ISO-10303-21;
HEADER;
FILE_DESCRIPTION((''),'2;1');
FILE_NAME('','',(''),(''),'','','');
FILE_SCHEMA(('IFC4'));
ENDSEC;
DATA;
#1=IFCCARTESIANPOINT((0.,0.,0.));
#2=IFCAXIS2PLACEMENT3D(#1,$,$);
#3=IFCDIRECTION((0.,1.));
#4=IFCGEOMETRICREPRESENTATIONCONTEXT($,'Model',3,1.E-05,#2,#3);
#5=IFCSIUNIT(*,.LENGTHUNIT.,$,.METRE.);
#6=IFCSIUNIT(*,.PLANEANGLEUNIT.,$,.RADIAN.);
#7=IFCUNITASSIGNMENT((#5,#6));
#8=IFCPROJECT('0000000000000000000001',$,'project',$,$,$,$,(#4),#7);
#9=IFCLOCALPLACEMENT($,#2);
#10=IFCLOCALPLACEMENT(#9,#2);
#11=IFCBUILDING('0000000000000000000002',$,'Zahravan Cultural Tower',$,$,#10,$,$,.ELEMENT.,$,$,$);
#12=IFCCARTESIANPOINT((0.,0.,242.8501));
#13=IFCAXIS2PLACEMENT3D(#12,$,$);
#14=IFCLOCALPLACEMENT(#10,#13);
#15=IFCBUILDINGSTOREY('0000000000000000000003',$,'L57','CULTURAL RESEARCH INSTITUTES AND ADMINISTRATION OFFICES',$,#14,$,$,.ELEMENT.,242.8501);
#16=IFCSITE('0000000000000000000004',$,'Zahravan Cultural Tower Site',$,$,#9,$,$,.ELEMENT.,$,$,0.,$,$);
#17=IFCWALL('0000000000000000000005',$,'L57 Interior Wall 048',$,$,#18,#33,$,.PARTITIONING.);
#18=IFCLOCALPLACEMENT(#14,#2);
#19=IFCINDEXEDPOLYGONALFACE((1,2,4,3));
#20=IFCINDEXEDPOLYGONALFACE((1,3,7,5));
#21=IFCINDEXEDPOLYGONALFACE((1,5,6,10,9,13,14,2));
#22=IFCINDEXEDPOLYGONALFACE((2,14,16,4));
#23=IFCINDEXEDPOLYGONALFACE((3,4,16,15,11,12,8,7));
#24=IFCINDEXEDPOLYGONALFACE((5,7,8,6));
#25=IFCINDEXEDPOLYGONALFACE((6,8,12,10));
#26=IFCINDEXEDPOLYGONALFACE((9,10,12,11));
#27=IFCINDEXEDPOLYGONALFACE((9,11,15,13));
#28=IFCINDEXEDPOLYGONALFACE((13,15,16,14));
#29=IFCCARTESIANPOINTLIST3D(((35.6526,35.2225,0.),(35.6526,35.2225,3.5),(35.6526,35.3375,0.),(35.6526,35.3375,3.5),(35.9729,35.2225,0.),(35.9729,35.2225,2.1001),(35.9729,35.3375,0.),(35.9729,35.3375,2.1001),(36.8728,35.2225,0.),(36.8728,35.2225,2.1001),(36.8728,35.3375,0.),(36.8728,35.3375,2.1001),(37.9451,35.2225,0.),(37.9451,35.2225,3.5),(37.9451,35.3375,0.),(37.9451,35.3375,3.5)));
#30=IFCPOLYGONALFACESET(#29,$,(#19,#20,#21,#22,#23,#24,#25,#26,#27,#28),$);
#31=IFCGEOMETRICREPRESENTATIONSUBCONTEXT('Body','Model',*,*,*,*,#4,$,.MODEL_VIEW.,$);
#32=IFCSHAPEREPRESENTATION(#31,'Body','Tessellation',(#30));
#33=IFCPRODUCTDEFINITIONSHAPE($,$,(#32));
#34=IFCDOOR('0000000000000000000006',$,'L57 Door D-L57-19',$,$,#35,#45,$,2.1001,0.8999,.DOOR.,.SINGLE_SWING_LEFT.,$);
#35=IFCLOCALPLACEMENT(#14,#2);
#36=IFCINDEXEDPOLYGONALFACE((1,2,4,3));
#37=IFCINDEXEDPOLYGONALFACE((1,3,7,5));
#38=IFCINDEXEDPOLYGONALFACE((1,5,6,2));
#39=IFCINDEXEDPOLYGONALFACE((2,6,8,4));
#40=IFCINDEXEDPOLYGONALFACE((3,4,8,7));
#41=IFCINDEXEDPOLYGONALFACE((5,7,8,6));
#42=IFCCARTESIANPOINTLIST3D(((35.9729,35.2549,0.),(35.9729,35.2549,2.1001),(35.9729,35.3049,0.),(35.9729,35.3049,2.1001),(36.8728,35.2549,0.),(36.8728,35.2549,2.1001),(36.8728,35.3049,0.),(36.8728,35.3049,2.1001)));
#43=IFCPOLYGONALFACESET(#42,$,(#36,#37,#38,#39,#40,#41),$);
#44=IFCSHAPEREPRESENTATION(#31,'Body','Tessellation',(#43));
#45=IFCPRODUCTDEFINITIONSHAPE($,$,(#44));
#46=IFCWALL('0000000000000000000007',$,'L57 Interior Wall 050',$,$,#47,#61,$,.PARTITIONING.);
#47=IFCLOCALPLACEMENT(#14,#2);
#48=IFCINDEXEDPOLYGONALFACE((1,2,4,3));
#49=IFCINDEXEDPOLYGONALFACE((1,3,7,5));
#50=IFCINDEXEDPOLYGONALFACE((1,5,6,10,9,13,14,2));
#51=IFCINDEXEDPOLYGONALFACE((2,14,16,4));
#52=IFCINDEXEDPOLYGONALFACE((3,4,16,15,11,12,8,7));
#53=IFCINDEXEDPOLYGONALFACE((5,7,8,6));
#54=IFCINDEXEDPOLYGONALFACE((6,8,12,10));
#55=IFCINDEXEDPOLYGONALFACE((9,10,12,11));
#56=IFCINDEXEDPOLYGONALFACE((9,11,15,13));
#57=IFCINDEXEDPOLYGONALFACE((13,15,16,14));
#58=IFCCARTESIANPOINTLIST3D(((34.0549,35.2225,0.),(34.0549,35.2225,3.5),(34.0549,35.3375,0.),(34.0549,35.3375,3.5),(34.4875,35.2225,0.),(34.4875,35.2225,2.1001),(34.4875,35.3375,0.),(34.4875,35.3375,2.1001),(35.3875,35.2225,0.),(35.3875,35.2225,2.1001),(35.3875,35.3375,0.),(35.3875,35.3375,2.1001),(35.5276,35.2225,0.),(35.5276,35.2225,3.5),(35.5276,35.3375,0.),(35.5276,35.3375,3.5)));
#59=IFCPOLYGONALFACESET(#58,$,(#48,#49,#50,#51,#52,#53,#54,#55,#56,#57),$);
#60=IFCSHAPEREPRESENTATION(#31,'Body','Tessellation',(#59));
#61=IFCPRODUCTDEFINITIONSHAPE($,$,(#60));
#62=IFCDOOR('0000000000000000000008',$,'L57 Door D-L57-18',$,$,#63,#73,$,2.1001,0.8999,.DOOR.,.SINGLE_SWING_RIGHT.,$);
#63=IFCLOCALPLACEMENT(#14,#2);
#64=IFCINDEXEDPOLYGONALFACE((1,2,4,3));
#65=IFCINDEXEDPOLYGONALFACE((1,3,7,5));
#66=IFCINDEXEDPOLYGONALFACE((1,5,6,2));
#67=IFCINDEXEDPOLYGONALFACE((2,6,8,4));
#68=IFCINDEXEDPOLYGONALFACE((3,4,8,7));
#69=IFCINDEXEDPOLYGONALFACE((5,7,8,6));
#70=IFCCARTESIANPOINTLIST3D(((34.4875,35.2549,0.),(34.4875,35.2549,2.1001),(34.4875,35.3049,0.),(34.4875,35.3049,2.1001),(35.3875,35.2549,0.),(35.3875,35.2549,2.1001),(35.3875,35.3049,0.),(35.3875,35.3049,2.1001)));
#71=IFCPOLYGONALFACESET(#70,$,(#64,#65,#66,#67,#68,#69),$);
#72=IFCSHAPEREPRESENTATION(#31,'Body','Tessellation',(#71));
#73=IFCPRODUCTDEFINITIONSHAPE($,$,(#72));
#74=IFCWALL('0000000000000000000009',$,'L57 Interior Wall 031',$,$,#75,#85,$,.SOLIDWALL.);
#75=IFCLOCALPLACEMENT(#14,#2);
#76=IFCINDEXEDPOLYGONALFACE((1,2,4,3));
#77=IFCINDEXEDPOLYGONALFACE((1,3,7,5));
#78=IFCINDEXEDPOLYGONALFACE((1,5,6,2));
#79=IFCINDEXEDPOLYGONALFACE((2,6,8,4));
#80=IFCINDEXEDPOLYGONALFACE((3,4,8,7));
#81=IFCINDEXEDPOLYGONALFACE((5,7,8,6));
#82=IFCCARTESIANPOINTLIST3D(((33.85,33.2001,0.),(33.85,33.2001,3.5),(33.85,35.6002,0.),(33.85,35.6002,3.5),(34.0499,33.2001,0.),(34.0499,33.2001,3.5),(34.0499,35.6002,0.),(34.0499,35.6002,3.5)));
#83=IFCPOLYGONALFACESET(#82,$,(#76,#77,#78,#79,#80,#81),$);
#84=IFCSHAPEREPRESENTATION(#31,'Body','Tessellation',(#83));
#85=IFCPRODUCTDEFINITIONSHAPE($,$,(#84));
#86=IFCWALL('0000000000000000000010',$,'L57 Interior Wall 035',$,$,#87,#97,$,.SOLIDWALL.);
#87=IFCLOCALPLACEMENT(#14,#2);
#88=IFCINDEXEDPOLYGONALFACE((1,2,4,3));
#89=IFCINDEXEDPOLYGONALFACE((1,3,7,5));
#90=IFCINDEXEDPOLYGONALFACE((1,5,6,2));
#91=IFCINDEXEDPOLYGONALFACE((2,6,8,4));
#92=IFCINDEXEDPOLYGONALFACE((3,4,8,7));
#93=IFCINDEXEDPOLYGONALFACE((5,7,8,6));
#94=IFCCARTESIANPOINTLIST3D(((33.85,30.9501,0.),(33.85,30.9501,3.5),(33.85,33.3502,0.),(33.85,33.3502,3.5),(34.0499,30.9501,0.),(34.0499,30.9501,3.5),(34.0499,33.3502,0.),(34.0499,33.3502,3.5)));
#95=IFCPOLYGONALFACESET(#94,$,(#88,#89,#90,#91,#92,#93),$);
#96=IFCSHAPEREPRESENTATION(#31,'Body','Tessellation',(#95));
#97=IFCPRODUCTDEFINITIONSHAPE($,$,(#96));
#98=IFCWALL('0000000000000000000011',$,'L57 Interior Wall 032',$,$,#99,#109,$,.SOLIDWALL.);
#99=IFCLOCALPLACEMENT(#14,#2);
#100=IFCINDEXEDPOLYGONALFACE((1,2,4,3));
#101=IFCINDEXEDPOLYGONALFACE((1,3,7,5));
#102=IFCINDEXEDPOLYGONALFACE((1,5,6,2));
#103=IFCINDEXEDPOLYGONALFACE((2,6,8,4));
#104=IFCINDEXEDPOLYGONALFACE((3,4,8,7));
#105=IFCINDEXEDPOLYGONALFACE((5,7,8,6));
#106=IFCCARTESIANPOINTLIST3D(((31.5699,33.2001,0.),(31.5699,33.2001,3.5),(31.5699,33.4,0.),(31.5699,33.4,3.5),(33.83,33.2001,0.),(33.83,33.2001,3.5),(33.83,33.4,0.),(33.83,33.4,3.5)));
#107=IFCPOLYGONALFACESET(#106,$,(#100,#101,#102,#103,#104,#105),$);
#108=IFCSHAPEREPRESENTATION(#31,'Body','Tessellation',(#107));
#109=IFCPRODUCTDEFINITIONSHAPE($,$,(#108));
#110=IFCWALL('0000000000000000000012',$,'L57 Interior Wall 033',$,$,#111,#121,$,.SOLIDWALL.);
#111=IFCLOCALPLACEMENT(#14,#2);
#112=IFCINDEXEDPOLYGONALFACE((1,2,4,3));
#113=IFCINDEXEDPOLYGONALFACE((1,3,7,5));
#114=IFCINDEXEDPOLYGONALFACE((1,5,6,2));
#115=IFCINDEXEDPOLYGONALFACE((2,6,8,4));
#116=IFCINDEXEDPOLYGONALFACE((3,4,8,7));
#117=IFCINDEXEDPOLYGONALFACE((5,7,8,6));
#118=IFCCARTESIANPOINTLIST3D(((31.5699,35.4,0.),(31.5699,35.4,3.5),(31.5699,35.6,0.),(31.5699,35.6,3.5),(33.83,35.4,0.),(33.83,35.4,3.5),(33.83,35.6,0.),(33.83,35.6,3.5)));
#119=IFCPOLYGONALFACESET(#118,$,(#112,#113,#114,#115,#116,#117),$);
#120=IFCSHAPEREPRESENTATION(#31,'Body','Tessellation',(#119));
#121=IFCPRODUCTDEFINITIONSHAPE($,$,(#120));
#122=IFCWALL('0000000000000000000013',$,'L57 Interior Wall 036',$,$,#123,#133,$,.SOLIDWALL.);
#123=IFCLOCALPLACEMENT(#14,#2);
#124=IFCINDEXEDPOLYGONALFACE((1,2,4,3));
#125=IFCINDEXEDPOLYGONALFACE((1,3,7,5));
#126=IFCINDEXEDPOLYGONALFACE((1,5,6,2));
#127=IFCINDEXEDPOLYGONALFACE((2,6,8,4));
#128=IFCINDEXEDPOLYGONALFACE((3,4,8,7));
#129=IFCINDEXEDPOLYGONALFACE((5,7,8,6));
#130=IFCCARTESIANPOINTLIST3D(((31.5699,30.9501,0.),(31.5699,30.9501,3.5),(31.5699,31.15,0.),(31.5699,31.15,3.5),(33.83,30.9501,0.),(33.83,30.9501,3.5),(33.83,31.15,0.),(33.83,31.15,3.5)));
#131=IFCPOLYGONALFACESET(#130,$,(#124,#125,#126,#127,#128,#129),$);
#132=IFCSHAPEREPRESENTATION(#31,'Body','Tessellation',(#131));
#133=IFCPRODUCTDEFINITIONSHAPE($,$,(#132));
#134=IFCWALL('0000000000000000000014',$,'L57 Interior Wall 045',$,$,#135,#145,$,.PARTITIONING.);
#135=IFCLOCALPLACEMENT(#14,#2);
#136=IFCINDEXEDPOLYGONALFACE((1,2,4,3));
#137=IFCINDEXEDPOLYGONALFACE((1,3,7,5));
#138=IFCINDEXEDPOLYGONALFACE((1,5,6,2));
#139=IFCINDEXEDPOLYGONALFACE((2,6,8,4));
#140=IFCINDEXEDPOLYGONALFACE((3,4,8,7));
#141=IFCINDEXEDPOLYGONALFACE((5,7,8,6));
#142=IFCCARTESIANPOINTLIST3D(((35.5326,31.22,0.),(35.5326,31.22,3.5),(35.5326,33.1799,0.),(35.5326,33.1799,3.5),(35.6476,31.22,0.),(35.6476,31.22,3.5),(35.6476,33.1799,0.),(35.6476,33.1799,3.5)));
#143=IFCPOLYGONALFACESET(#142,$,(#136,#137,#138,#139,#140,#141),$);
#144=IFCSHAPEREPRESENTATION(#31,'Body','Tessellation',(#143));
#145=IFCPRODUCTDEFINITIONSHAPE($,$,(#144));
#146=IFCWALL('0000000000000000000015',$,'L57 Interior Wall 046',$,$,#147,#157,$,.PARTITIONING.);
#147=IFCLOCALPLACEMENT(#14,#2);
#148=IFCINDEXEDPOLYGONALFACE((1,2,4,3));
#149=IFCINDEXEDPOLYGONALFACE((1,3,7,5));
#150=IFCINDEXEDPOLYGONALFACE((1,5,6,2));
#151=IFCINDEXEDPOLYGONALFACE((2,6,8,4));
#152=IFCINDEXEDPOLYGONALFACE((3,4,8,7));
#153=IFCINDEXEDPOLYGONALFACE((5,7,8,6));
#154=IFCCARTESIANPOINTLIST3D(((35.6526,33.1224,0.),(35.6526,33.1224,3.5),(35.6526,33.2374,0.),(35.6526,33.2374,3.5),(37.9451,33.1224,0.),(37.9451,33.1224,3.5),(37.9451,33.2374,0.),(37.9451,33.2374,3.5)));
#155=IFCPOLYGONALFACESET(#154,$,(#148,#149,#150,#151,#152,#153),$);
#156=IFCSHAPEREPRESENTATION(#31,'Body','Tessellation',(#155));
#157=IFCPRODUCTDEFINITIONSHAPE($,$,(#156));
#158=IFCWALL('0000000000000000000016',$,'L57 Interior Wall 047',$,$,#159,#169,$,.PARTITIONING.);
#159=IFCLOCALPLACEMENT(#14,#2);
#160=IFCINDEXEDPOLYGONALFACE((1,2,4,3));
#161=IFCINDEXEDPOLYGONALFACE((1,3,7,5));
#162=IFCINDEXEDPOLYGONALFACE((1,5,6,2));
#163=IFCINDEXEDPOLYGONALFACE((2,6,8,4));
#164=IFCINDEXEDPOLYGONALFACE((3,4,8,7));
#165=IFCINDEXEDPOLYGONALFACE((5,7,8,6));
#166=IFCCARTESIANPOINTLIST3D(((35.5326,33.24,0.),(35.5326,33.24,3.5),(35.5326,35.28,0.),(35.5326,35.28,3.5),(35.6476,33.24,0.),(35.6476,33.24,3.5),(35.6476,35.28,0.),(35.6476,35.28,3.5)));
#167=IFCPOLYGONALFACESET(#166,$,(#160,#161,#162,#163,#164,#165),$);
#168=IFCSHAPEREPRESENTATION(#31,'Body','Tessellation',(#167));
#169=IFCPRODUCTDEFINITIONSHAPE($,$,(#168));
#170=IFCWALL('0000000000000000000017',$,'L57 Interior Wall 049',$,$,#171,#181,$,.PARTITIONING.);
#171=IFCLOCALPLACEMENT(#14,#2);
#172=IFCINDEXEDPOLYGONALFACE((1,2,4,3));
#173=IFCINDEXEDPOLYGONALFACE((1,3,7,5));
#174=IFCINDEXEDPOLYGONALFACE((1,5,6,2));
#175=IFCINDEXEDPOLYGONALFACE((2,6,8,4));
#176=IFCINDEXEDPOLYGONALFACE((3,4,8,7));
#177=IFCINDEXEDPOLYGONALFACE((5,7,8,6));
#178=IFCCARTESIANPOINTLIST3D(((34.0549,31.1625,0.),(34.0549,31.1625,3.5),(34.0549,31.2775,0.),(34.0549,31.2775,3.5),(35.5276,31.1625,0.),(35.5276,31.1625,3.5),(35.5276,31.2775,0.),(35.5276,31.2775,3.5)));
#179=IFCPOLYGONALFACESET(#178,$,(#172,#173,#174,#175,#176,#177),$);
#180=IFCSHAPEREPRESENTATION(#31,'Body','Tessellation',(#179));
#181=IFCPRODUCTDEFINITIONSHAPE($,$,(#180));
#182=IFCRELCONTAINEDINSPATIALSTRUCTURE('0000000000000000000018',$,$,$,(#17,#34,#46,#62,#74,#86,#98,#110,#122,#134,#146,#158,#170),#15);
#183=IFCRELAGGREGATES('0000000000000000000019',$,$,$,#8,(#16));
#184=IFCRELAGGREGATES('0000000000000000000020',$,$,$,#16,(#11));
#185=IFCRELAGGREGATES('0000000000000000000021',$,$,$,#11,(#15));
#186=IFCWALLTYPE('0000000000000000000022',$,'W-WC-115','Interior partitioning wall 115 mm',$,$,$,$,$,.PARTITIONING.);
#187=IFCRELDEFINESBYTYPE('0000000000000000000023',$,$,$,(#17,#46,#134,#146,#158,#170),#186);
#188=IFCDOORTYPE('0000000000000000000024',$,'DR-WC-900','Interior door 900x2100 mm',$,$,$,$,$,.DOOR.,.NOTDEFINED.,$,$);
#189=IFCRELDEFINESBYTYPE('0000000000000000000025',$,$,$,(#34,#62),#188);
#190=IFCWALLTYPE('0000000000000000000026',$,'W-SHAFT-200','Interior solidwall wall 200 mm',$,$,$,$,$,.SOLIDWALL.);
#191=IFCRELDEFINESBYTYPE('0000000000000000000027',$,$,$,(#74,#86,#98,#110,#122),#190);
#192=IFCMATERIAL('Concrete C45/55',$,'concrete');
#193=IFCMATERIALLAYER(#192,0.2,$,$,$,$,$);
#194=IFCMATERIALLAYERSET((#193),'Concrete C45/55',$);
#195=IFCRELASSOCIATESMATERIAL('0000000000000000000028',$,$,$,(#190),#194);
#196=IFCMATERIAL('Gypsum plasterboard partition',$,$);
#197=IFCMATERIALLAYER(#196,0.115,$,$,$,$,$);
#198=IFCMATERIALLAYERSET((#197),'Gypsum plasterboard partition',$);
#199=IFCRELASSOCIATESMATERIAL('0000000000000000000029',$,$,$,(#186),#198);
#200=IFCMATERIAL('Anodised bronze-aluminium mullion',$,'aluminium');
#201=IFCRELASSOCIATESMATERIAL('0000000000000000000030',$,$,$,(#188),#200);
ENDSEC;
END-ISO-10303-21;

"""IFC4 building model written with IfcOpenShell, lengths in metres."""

from ifc_helpers import new_model, si_unit, direction, frame, frame_2d, origin, place, context, subcontext, project, spatial, rectangle, extrude, source, transform, mapped, material, layer, layer_set, type_object, element, fill, save


model = new_model("IFC4")

# Units and contexts
model_context = context("Model", 3, precision=1e-05, world=origin(), true_north=direction((0.0, 1.0)))
body_context = subcontext(model_context, "Body", "Model", "MODEL_VIEW")
ifc_project = project(units=[si_unit("LENGTHUNIT", "METRE"), si_unit("PLANEANGLEUNIT", "RADIAN")], contexts=[model_context])

# Site, building, storey
site_placement = place(None, origin())
site = spatial("IfcSite", under=ifc_project, at=site_placement, Name="Zahravan Cultural Tower Site", CompositionType="ELEMENT", RefElevation=0.0)
building_placement = place(site_placement, origin())
building = spatial("IfcBuilding", under=site, at=building_placement, Name="Zahravan Cultural Tower", CompositionType="ELEMENT")
storey_placement = place(building_placement, frame((0.0, 0.0, 242.8501)))
storey = spatial("IfcBuildingStorey", under=building, at=storey_placement, Name="L57", Description="CULTURAL RESEARCH INSTITUTES AND ADMINISTRATION OFFICES", CompositionType="ELEMENT", Elevation=242.8501)

# Walls, openings, doors
ifc_material_1 = material(Name="Gypsum plasterboard partition")
ifc_material_2 = material(Name="Anodised bronze-aluminium mullion", Category="aluminium")
ifc_material_3 = material(Name="Concrete C45/55", Category="concrete")
ifc_layer_1 = layer(ifc_material_3, 0.2)
ifc_layer_set_1 = layer_set([ifc_layer_1], Name="Concrete C45/55")
wall_type_1 = type_object("IfcWallType", Name="W-SHAFT-200", Description="Interior solidwall wall 200 mm", PredefinedType="SOLIDWALL", material=ifc_layer_set_1)
ifc_layer_2 = layer(ifc_material_1, 0.115)
ifc_layer_set_2 = layer_set([ifc_layer_2], Name="Gypsum plasterboard partition")
wall_type_2 = type_object("IfcWallType", Name="W-WC-115", Description="Interior partitioning wall 115 mm", PredefinedType="PARTITIONING", material=ifc_layer_set_2)
wall_1_placement = place(storey_placement, frame((35.6526, 35.28, 0.0), z_axis=(0.0, 0.0, 1.0), x_axis=(1.0, 0.0, 0.0)))
wall_1 = element("IfcWall", 1, at=wall_1_placement, inside=storey, type_object=wall_type_2, Name="L57 Interior Wall 048", PredefinedType="PARTITIONING", context=body_context, shape_type="SweptSolid", body=[
    extrude(rectangle(XDim=2.2925, YDim=0.115, at=frame_2d((1.1462, 0.0))), origin(), (0.0, 0.0, 1.0), 3.5),
])
opening_1_placement = place(wall_1_placement, frame((0.3203, 0.0, 0.0)))
opening_1 = element("IfcOpeningElement", 2, at=opening_1_placement, cuts=wall_1, PredefinedType="OPENING", context=body_context, shape_type="SweptSolid", body=[
    extrude(rectangle(XDim=0.8999, YDim=2.1001, at=frame_2d((0.45, 1.05))), frame((0.0, 0.0674, 0.0), z_axis=(0.0, -1.0, 0.0), x_axis=(1.0, 0.0, 0.0)), (0.0, 0.0, 1.0), 0.135),
])
door_type_1 = type_object("IfcDoorType", Name="DR-WC-900", Description="Interior door 900x2100 mm", OperationType="NOTDEFINED", PredefinedType="DOOR", material=ifc_material_2)
shared_shape_1 = source(origin(), body_context, "Body", "SweptSolid", [
    extrude(rectangle(XDim=0.8999, YDim=2.1001, at=frame_2d((0.45, 1.05))), frame((0.0, 0.0249, 0.0), z_axis=(0.0, -1.0, 0.0), x_axis=(1.0, 0.0, 0.0)), (0.0, 0.0, 1.0), 0.05),
])
door_1_placement = place(opening_1_placement, origin())
door_1 = element("IfcDoor", 3, at=door_1_placement, inside=storey, type_object=door_type_1, Name="L57 Door D-L57-19", OperationType="SINGLE_SWING_LEFT", OverallHeight=2.1001, OverallWidth=0.8999, PredefinedType="DOOR", context=body_context, shape_type="MappedRepresentation", body=[
    mapped(shared_shape_1, transform((0.0, 0.0, 0.0), x_axis=(1.0, 0.0, 0.0), y_axis=(0.0, 1.0, 0.0), z_axis=(0.0, 0.0, 1.0), scale=1.0)),
])
fill(opening_1, door_1)
wall_2_placement = place(storey_placement, frame((34.0549, 35.28, 0.0), z_axis=(0.0, 0.0, 1.0), x_axis=(1.0, 0.0, 0.0)))
wall_2 = element("IfcWall", 4, at=wall_2_placement, inside=storey, type_object=wall_type_2, Name="L57 Interior Wall 050", PredefinedType="PARTITIONING", context=body_context, shape_type="SweptSolid", body=[
    extrude(rectangle(XDim=1.4727, YDim=0.115, at=frame_2d((0.7363, 0.0))), origin(), (0.0, 0.0, 1.0), 3.5),
])
opening_2_placement = place(wall_2_placement, frame((0.4326, 0.0, 0.0)))
opening_2 = element("IfcOpeningElement", 5, at=opening_2_placement, cuts=wall_2, PredefinedType="OPENING", context=body_context, shape_type="SweptSolid", body=[
    extrude(rectangle(XDim=0.8999, YDim=2.1001, at=frame_2d((0.45, 1.05))), frame((0.0, 0.0674, 0.0), z_axis=(0.0, -1.0, 0.0), x_axis=(1.0, 0.0, 0.0)), (0.0, 0.0, 1.0), 0.135),
])
door_2_placement = place(opening_2_placement, origin())
door_2 = element("IfcDoor", 6, at=door_2_placement, inside=storey, type_object=door_type_1, Name="L57 Door D-L57-18", OperationType="SINGLE_SWING_RIGHT", OverallHeight=2.1001, OverallWidth=0.8999, PredefinedType="DOOR", context=body_context, shape_type="MappedRepresentation", body=[
    mapped(shared_shape_1, transform((0.0, 0.0, 0.0), x_axis=(1.0, 0.0, 0.0), y_axis=(0.0, 1.0, 0.0), z_axis=(0.0, 0.0, 1.0), scale=1.0)),
])
fill(opening_2, door_2)

# Walls
shared_shape_2 = source(origin(), body_context, "Body", "SweptSolid", [
    extrude(rectangle(XDim=2.4001, YDim=0.2, at=frame_2d((1.2002, 0.0))), origin(), (0.0, 0.0, 1.0), 3.5),
])
for number, where, z_axis, x_axis, name in (
    (7, (33.95, 33.2, 0.0), (0.0, 0.0, 1.0), (0.0, 1.0, 0.0), "L57 Interior Wall 031"),
    (8, (33.95, 30.95, 0.0), (0.0, 0.0, 1.0), (0.0, 1.0, 0.0), "L57 Interior Wall 035"),
):
    element("IfcWall", number, at=place(storey_placement, frame(where, z_axis=z_axis, x_axis=x_axis)), inside=storey, type_object=wall_type_1, Name=name, PredefinedType="SOLIDWALL", context=body_context, shape_type="MappedRepresentation", body=[
        mapped(shared_shape_2, transform((0.0, 0.0, 0.0), x_axis=(1.0, 0.0, 0.0), y_axis=(0.0, 1.0, 0.0), z_axis=(0.0, 0.0, 1.0), scale=1.0)),
    ])
shared_shape_3 = source(origin(), body_context, "Body", "SweptSolid", [
    extrude(rectangle(XDim=2.26, YDim=0.2, at=frame_2d((1.1299, 0.0))), origin(), (0.0, 0.0, 1.0), 3.5),
])
for number, where, z_axis, x_axis, name in (
    (9, (31.5701, 33.3, 0.0), (0.0, 0.0, 1.0), (1.0, 0.0, 0.0), "L57 Interior Wall 032"),
    (10, (31.5701, 35.5, 0.0), (0.0, 0.0, 1.0), (1.0, 0.0, 0.0), "L57 Interior Wall 033"),
    (11, (31.5701, 31.05, 0.0), (0.0, 0.0, 1.0), (1.0, 0.0, 0.0), "L57 Interior Wall 036"),
):
    element("IfcWall", number, at=place(storey_placement, frame(where, z_axis=z_axis, x_axis=x_axis)), inside=storey, type_object=wall_type_1, Name=name, PredefinedType="SOLIDWALL", context=body_context, shape_type="MappedRepresentation", body=[
        mapped(shared_shape_3, transform((0.0, 0.0, 0.0), x_axis=(1.0, 0.0, 0.0), y_axis=(0.0, 1.0, 0.0), z_axis=(0.0, 0.0, 1.0), scale=1.0)),
    ])
shared_shape_4 = source(origin(), body_context, "Body", "SweptSolid", [
    extrude(rectangle(XDim=1.96, YDim=0.115, at=frame_2d((0.98, 0.0))), origin(), (0.0, 0.0, 1.0), 3.5),
])
wall_3_placement = place(storey_placement, frame((35.5901, 31.22, 0.0), z_axis=(0.0, 0.0, 1.0), x_axis=(0.0, 1.0, 0.0)))
element("IfcWall", 12, at=wall_3_placement, inside=storey, type_object=wall_type_2, Name="L57 Interior Wall 045", PredefinedType="PARTITIONING", context=body_context, shape_type="MappedRepresentation", body=[
    mapped(shared_shape_4, transform((0.0, 0.0, 0.0), x_axis=(1.0, 0.0, 0.0), y_axis=(0.0, 1.0, 0.0), z_axis=(0.0, 0.0, 1.0), scale=1.0)),
])
shared_shape_5 = source(origin(), body_context, "Body", "SweptSolid", [
    extrude(rectangle(XDim=2.2925, YDim=0.115, at=frame_2d((1.1462, 0.0))), origin(), (0.0, 0.0, 1.0), 3.5),
])
wall_4_placement = place(storey_placement, frame((35.6526, 33.1799, 0.0), z_axis=(0.0, 0.0, 1.0), x_axis=(1.0, 0.0, 0.0)))
element("IfcWall", 13, at=wall_4_placement, inside=storey, type_object=wall_type_2, Name="L57 Interior Wall 046", PredefinedType="PARTITIONING", context=body_context, shape_type="MappedRepresentation", body=[
    mapped(shared_shape_5, transform((0.0, 0.0, 0.0), x_axis=(1.0, 0.0, 0.0), y_axis=(0.0, 1.0, 0.0), z_axis=(0.0, 0.0, 1.0), scale=1.0)),
])
shared_shape_6 = source(origin(), body_context, "Body", "SweptSolid", [
    extrude(rectangle(XDim=2.04, YDim=0.115, at=frame_2d((1.02, 0.0))), origin(), (0.0, 0.0, 1.0), 3.5),
])
wall_5_placement = place(storey_placement, frame((35.5901, 33.24, 0.0), z_axis=(0.0, 0.0, 1.0), x_axis=(0.0, 1.0, 0.0)))
element("IfcWall", 14, at=wall_5_placement, inside=storey, type_object=wall_type_2, Name="L57 Interior Wall 047", PredefinedType="PARTITIONING", context=body_context, shape_type="MappedRepresentation", body=[
    mapped(shared_shape_6, transform((0.0, 0.0, 0.0), x_axis=(1.0, 0.0, 0.0), y_axis=(0.0, 1.0, 0.0), z_axis=(0.0, 0.0, 1.0), scale=1.0)),
])
shared_shape_7 = source(origin(), body_context, "Body", "SweptSolid", [
    extrude(rectangle(XDim=1.4727, YDim=0.115, at=frame_2d((0.7363, 0.0))), origin(), (0.0, 0.0, 1.0), 3.5),
])
wall_6_placement = place(storey_placement, frame((35.5276, 31.22, 0.0), z_axis=(0.0, 0.0, 1.0), x_axis=(-1.0, 0.0, 0.0)))
element("IfcWall", 15, at=wall_6_placement, inside=storey, type_object=wall_type_2, Name="L57 Interior Wall 049", PredefinedType="PARTITIONING", context=body_context, shape_type="MappedRepresentation", body=[
    mapped(shared_shape_7, transform((0.0, 0.0, 0.0), x_axis=(1.0, 0.0, 0.0), y_axis=(0.0, 1.0, 0.0), z_axis=(0.0, 0.0, 1.0), scale=1.0)),
])

save(model, "model.ifc")
